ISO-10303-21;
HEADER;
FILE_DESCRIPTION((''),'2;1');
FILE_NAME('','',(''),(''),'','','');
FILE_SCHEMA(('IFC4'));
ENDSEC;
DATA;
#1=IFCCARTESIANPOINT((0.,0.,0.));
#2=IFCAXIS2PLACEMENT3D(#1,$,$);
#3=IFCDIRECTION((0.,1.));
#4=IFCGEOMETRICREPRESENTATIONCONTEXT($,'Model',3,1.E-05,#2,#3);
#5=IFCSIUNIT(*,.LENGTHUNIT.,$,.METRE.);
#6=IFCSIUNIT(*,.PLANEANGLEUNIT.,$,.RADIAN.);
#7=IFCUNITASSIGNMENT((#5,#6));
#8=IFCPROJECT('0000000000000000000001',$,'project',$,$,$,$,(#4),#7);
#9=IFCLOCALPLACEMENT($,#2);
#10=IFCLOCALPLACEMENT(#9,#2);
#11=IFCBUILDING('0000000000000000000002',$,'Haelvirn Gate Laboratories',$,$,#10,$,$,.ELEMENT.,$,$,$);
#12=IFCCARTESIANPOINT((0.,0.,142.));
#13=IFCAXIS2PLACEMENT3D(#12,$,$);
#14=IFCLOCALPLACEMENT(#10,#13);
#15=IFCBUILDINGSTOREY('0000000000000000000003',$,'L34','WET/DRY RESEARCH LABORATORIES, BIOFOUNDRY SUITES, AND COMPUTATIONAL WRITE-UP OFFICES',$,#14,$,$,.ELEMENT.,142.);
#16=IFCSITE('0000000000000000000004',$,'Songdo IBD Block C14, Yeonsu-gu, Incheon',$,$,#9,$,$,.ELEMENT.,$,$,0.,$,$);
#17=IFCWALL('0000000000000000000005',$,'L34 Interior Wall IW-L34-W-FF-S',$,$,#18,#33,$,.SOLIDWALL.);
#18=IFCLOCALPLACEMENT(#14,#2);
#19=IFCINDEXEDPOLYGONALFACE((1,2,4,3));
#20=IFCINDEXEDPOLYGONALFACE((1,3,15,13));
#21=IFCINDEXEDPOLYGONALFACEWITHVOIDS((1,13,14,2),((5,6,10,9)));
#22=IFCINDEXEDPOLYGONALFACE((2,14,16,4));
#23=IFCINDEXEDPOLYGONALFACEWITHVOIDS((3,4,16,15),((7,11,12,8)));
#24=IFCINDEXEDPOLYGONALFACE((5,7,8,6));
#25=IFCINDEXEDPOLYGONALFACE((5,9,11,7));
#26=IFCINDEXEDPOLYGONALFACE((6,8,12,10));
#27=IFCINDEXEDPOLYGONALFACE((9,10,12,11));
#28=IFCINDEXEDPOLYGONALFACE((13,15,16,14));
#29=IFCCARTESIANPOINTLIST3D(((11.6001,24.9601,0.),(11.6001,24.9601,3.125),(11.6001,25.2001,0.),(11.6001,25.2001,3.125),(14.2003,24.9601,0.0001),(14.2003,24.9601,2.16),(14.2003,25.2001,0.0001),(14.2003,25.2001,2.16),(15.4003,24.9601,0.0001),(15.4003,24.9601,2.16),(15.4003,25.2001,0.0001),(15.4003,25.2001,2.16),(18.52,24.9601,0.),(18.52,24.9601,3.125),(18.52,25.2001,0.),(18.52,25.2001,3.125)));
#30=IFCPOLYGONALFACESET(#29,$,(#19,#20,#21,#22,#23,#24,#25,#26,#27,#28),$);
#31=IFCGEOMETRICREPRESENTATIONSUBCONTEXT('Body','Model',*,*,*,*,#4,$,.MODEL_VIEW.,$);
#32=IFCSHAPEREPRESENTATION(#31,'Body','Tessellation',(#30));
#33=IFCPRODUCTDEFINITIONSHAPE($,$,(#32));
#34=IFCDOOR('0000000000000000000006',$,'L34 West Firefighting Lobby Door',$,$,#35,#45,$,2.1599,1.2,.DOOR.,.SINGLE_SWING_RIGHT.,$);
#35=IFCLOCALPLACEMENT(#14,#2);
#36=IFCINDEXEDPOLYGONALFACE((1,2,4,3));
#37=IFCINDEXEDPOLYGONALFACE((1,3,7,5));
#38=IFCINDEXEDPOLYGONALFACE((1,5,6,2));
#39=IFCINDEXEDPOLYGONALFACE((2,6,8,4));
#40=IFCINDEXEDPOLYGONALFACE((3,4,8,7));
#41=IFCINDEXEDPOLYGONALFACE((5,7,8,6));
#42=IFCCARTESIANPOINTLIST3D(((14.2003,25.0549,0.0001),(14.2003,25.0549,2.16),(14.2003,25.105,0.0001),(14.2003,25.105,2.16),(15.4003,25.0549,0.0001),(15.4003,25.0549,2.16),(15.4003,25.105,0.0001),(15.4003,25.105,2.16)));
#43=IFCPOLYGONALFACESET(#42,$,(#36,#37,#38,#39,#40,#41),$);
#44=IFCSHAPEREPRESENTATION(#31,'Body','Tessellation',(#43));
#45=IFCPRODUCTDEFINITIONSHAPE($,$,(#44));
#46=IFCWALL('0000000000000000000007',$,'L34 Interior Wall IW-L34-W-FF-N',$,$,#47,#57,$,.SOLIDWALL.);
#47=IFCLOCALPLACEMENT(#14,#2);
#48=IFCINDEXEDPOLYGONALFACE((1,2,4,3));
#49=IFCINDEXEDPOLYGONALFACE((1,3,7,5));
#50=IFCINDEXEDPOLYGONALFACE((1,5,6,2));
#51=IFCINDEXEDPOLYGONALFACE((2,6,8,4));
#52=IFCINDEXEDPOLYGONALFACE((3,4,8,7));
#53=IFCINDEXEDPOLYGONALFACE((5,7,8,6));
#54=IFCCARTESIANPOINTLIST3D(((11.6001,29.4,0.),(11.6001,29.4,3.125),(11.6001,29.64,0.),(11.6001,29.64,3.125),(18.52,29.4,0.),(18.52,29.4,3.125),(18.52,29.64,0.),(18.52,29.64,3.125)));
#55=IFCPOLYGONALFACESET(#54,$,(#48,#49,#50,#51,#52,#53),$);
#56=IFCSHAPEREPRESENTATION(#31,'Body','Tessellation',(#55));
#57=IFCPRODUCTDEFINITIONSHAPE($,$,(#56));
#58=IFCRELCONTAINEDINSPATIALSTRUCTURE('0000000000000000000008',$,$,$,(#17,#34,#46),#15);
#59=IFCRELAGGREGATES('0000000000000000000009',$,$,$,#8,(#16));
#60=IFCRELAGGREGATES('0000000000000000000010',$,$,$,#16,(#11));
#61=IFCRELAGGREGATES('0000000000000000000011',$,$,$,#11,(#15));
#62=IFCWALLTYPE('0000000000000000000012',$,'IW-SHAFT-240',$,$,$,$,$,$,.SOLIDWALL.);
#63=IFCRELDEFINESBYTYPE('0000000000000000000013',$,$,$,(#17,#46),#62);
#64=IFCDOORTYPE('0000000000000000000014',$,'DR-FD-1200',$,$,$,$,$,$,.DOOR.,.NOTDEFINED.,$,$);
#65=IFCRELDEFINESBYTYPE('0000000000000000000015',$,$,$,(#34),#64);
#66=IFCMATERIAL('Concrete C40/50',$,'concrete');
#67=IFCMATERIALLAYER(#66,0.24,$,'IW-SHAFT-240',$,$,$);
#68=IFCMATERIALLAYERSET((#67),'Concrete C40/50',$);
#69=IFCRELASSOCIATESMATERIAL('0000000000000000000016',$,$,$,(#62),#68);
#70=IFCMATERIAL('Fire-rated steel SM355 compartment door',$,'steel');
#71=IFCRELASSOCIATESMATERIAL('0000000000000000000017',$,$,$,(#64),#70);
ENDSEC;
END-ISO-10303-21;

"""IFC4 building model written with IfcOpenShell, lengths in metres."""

from ifc_helpers import new_model, si_unit, direction, frame, frame_2d, origin, place, context, subcontext, project, spatial, rectangle, extrude, source, transform, mapped, material, layer, layer_set, type_object, type_shapes, element, fill, save


model = new_model("IFC4")

# Units and contexts
model_context = context("Model", 3, precision=1e-05, world=origin(), true_north=direction((0.0, 1.0)))
body_context = subcontext(model_context, "Body", "Model", "MODEL_VIEW")
ifc_project = project(units=[si_unit("LENGTHUNIT", "METRE"), si_unit("PLANEANGLEUNIT", "RADIAN")], contexts=[model_context])

# Site, building, storey
site_placement = place(None, origin())
site = spatial("IfcSite", under=ifc_project, at=site_placement, Name="Songdo IBD Block C14, Yeonsu-gu, Incheon", CompositionType="ELEMENT", RefElevation=0.0)
building_placement = place(site_placement, origin())
building = spatial("IfcBuilding", under=site, at=building_placement, Name="Haelvirn Gate Laboratories", CompositionType="ELEMENT")
storey_placement = place(building_placement, frame((0.0, 0.0, 142.0)))
storey = spatial("IfcBuildingStorey", under=building, at=storey_placement, Name="L34", Description="WET/DRY RESEARCH LABORATORIES, BIOFOUNDRY SUITES, AND COMPUTATIONAL WRITE-UP OFFICES", CompositionType="ELEMENT", Elevation=142.0)

# Shared definitions
ifc_material_1 = material(Name="Concrete C40/50", Category="concrete")

# Wall, opening, door
ifc_layer_1 = layer(ifc_material_1, 0.24, Name="IW-SHAFT-240")
ifc_layer_set_1 = layer_set([ifc_layer_1], Name="Concrete C40/50")
wall_type_1 = type_object("IfcWallType", Name="IW-SHAFT-240", PredefinedType="SOLIDWALL", material=ifc_layer_set_1)
wall_1_placement = place(storey_placement, frame((11.6001, 25.0801, 0.0), z_axis=(0.0, 0.0, 1.0), x_axis=(1.0, 0.0, 0.0)))
wall_1 = element("IfcWall", 1, at=wall_1_placement, inside=storey, type_object=wall_type_1, Name="L34 Interior Wall IW-L34-W-FF-S", PredefinedType="SOLIDWALL", context=body_context, shape_type="SweptSolid", body=[
    extrude(rectangle(XDim=6.9199, YDim=0.24, at=frame_2d((3.46, 0.0))), origin(), (0.0, 0.0, 1.0), 3.125),
])
opening_1_placement = place(wall_1_placement, frame((2.6001, 0.0, 0.0)))
opening_1 = element("IfcOpeningElement", 2, at=opening_1_placement, cuts=wall_1, PredefinedType="OPENING", context=body_context, shape_type="SweptSolid", body=[
    extrude(rectangle(XDim=1.2, YDim=2.1599, at=frame_2d((0.6001, 1.0801))), frame((0.0, 0.1299, 0.0), z_axis=(0.0, -1.0, 0.0), x_axis=(1.0, 0.0, 0.0)), (0.0, 0.0, 1.0), 0.26),
])
ifc_material_2 = material(Name="Fire-rated steel SM355 compartment door", Category="steel")
door_type_1 = type_object("IfcDoorType", Name="DR-FD-1200", OperationType="NOTDEFINED", PredefinedType="DOOR", material=ifc_material_2)
shared_shape_1 = source(origin(), body_context, "Body", "SweptSolid", [
    extrude(rectangle(XDim=1.2, YDim=2.1599, at=frame_2d((0.6001, 1.0801))), frame((0.0, 0.0249, 0.0), z_axis=(0.0, -1.0, 0.0), x_axis=(1.0, 0.0, 0.0)), (0.0, 0.0, 1.0), 0.05),
])
type_shapes(door_type_1, [shared_shape_1])
door_1_placement = place(opening_1_placement, origin())
door_1 = element("IfcDoor", 3, at=door_1_placement, inside=storey, type_object=door_type_1, Name="L34 West Firefighting Lobby Door", OperationType="SINGLE_SWING_RIGHT", OverallHeight=2.1599, OverallWidth=1.2, PredefinedType="DOOR", context=body_context, shape_type="MappedRepresentation", body=[
    mapped(shared_shape_1, transform((0.0, 0.0, 0.0), scale=1.0)),
])
fill(opening_1, door_1)

# Wall
wall_2_placement = place(storey_placement, frame((11.6001, 29.52, 0.0), z_axis=(0.0, 0.0, 1.0), x_axis=(1.0, 0.0, 0.0)))
element("IfcWall", 4, at=wall_2_placement, inside=storey, type_object=wall_type_1, Name="L34 Interior Wall IW-L34-W-FF-N", PredefinedType="SOLIDWALL", context=body_context, shape_type="SweptSolid", body=[
    extrude(rectangle(XDim=6.9199, YDim=0.24, at=frame_2d((3.46, 0.0))), origin(), (0.0, 0.0, 1.0), 3.125),
])

save(model, "model.ifc")
